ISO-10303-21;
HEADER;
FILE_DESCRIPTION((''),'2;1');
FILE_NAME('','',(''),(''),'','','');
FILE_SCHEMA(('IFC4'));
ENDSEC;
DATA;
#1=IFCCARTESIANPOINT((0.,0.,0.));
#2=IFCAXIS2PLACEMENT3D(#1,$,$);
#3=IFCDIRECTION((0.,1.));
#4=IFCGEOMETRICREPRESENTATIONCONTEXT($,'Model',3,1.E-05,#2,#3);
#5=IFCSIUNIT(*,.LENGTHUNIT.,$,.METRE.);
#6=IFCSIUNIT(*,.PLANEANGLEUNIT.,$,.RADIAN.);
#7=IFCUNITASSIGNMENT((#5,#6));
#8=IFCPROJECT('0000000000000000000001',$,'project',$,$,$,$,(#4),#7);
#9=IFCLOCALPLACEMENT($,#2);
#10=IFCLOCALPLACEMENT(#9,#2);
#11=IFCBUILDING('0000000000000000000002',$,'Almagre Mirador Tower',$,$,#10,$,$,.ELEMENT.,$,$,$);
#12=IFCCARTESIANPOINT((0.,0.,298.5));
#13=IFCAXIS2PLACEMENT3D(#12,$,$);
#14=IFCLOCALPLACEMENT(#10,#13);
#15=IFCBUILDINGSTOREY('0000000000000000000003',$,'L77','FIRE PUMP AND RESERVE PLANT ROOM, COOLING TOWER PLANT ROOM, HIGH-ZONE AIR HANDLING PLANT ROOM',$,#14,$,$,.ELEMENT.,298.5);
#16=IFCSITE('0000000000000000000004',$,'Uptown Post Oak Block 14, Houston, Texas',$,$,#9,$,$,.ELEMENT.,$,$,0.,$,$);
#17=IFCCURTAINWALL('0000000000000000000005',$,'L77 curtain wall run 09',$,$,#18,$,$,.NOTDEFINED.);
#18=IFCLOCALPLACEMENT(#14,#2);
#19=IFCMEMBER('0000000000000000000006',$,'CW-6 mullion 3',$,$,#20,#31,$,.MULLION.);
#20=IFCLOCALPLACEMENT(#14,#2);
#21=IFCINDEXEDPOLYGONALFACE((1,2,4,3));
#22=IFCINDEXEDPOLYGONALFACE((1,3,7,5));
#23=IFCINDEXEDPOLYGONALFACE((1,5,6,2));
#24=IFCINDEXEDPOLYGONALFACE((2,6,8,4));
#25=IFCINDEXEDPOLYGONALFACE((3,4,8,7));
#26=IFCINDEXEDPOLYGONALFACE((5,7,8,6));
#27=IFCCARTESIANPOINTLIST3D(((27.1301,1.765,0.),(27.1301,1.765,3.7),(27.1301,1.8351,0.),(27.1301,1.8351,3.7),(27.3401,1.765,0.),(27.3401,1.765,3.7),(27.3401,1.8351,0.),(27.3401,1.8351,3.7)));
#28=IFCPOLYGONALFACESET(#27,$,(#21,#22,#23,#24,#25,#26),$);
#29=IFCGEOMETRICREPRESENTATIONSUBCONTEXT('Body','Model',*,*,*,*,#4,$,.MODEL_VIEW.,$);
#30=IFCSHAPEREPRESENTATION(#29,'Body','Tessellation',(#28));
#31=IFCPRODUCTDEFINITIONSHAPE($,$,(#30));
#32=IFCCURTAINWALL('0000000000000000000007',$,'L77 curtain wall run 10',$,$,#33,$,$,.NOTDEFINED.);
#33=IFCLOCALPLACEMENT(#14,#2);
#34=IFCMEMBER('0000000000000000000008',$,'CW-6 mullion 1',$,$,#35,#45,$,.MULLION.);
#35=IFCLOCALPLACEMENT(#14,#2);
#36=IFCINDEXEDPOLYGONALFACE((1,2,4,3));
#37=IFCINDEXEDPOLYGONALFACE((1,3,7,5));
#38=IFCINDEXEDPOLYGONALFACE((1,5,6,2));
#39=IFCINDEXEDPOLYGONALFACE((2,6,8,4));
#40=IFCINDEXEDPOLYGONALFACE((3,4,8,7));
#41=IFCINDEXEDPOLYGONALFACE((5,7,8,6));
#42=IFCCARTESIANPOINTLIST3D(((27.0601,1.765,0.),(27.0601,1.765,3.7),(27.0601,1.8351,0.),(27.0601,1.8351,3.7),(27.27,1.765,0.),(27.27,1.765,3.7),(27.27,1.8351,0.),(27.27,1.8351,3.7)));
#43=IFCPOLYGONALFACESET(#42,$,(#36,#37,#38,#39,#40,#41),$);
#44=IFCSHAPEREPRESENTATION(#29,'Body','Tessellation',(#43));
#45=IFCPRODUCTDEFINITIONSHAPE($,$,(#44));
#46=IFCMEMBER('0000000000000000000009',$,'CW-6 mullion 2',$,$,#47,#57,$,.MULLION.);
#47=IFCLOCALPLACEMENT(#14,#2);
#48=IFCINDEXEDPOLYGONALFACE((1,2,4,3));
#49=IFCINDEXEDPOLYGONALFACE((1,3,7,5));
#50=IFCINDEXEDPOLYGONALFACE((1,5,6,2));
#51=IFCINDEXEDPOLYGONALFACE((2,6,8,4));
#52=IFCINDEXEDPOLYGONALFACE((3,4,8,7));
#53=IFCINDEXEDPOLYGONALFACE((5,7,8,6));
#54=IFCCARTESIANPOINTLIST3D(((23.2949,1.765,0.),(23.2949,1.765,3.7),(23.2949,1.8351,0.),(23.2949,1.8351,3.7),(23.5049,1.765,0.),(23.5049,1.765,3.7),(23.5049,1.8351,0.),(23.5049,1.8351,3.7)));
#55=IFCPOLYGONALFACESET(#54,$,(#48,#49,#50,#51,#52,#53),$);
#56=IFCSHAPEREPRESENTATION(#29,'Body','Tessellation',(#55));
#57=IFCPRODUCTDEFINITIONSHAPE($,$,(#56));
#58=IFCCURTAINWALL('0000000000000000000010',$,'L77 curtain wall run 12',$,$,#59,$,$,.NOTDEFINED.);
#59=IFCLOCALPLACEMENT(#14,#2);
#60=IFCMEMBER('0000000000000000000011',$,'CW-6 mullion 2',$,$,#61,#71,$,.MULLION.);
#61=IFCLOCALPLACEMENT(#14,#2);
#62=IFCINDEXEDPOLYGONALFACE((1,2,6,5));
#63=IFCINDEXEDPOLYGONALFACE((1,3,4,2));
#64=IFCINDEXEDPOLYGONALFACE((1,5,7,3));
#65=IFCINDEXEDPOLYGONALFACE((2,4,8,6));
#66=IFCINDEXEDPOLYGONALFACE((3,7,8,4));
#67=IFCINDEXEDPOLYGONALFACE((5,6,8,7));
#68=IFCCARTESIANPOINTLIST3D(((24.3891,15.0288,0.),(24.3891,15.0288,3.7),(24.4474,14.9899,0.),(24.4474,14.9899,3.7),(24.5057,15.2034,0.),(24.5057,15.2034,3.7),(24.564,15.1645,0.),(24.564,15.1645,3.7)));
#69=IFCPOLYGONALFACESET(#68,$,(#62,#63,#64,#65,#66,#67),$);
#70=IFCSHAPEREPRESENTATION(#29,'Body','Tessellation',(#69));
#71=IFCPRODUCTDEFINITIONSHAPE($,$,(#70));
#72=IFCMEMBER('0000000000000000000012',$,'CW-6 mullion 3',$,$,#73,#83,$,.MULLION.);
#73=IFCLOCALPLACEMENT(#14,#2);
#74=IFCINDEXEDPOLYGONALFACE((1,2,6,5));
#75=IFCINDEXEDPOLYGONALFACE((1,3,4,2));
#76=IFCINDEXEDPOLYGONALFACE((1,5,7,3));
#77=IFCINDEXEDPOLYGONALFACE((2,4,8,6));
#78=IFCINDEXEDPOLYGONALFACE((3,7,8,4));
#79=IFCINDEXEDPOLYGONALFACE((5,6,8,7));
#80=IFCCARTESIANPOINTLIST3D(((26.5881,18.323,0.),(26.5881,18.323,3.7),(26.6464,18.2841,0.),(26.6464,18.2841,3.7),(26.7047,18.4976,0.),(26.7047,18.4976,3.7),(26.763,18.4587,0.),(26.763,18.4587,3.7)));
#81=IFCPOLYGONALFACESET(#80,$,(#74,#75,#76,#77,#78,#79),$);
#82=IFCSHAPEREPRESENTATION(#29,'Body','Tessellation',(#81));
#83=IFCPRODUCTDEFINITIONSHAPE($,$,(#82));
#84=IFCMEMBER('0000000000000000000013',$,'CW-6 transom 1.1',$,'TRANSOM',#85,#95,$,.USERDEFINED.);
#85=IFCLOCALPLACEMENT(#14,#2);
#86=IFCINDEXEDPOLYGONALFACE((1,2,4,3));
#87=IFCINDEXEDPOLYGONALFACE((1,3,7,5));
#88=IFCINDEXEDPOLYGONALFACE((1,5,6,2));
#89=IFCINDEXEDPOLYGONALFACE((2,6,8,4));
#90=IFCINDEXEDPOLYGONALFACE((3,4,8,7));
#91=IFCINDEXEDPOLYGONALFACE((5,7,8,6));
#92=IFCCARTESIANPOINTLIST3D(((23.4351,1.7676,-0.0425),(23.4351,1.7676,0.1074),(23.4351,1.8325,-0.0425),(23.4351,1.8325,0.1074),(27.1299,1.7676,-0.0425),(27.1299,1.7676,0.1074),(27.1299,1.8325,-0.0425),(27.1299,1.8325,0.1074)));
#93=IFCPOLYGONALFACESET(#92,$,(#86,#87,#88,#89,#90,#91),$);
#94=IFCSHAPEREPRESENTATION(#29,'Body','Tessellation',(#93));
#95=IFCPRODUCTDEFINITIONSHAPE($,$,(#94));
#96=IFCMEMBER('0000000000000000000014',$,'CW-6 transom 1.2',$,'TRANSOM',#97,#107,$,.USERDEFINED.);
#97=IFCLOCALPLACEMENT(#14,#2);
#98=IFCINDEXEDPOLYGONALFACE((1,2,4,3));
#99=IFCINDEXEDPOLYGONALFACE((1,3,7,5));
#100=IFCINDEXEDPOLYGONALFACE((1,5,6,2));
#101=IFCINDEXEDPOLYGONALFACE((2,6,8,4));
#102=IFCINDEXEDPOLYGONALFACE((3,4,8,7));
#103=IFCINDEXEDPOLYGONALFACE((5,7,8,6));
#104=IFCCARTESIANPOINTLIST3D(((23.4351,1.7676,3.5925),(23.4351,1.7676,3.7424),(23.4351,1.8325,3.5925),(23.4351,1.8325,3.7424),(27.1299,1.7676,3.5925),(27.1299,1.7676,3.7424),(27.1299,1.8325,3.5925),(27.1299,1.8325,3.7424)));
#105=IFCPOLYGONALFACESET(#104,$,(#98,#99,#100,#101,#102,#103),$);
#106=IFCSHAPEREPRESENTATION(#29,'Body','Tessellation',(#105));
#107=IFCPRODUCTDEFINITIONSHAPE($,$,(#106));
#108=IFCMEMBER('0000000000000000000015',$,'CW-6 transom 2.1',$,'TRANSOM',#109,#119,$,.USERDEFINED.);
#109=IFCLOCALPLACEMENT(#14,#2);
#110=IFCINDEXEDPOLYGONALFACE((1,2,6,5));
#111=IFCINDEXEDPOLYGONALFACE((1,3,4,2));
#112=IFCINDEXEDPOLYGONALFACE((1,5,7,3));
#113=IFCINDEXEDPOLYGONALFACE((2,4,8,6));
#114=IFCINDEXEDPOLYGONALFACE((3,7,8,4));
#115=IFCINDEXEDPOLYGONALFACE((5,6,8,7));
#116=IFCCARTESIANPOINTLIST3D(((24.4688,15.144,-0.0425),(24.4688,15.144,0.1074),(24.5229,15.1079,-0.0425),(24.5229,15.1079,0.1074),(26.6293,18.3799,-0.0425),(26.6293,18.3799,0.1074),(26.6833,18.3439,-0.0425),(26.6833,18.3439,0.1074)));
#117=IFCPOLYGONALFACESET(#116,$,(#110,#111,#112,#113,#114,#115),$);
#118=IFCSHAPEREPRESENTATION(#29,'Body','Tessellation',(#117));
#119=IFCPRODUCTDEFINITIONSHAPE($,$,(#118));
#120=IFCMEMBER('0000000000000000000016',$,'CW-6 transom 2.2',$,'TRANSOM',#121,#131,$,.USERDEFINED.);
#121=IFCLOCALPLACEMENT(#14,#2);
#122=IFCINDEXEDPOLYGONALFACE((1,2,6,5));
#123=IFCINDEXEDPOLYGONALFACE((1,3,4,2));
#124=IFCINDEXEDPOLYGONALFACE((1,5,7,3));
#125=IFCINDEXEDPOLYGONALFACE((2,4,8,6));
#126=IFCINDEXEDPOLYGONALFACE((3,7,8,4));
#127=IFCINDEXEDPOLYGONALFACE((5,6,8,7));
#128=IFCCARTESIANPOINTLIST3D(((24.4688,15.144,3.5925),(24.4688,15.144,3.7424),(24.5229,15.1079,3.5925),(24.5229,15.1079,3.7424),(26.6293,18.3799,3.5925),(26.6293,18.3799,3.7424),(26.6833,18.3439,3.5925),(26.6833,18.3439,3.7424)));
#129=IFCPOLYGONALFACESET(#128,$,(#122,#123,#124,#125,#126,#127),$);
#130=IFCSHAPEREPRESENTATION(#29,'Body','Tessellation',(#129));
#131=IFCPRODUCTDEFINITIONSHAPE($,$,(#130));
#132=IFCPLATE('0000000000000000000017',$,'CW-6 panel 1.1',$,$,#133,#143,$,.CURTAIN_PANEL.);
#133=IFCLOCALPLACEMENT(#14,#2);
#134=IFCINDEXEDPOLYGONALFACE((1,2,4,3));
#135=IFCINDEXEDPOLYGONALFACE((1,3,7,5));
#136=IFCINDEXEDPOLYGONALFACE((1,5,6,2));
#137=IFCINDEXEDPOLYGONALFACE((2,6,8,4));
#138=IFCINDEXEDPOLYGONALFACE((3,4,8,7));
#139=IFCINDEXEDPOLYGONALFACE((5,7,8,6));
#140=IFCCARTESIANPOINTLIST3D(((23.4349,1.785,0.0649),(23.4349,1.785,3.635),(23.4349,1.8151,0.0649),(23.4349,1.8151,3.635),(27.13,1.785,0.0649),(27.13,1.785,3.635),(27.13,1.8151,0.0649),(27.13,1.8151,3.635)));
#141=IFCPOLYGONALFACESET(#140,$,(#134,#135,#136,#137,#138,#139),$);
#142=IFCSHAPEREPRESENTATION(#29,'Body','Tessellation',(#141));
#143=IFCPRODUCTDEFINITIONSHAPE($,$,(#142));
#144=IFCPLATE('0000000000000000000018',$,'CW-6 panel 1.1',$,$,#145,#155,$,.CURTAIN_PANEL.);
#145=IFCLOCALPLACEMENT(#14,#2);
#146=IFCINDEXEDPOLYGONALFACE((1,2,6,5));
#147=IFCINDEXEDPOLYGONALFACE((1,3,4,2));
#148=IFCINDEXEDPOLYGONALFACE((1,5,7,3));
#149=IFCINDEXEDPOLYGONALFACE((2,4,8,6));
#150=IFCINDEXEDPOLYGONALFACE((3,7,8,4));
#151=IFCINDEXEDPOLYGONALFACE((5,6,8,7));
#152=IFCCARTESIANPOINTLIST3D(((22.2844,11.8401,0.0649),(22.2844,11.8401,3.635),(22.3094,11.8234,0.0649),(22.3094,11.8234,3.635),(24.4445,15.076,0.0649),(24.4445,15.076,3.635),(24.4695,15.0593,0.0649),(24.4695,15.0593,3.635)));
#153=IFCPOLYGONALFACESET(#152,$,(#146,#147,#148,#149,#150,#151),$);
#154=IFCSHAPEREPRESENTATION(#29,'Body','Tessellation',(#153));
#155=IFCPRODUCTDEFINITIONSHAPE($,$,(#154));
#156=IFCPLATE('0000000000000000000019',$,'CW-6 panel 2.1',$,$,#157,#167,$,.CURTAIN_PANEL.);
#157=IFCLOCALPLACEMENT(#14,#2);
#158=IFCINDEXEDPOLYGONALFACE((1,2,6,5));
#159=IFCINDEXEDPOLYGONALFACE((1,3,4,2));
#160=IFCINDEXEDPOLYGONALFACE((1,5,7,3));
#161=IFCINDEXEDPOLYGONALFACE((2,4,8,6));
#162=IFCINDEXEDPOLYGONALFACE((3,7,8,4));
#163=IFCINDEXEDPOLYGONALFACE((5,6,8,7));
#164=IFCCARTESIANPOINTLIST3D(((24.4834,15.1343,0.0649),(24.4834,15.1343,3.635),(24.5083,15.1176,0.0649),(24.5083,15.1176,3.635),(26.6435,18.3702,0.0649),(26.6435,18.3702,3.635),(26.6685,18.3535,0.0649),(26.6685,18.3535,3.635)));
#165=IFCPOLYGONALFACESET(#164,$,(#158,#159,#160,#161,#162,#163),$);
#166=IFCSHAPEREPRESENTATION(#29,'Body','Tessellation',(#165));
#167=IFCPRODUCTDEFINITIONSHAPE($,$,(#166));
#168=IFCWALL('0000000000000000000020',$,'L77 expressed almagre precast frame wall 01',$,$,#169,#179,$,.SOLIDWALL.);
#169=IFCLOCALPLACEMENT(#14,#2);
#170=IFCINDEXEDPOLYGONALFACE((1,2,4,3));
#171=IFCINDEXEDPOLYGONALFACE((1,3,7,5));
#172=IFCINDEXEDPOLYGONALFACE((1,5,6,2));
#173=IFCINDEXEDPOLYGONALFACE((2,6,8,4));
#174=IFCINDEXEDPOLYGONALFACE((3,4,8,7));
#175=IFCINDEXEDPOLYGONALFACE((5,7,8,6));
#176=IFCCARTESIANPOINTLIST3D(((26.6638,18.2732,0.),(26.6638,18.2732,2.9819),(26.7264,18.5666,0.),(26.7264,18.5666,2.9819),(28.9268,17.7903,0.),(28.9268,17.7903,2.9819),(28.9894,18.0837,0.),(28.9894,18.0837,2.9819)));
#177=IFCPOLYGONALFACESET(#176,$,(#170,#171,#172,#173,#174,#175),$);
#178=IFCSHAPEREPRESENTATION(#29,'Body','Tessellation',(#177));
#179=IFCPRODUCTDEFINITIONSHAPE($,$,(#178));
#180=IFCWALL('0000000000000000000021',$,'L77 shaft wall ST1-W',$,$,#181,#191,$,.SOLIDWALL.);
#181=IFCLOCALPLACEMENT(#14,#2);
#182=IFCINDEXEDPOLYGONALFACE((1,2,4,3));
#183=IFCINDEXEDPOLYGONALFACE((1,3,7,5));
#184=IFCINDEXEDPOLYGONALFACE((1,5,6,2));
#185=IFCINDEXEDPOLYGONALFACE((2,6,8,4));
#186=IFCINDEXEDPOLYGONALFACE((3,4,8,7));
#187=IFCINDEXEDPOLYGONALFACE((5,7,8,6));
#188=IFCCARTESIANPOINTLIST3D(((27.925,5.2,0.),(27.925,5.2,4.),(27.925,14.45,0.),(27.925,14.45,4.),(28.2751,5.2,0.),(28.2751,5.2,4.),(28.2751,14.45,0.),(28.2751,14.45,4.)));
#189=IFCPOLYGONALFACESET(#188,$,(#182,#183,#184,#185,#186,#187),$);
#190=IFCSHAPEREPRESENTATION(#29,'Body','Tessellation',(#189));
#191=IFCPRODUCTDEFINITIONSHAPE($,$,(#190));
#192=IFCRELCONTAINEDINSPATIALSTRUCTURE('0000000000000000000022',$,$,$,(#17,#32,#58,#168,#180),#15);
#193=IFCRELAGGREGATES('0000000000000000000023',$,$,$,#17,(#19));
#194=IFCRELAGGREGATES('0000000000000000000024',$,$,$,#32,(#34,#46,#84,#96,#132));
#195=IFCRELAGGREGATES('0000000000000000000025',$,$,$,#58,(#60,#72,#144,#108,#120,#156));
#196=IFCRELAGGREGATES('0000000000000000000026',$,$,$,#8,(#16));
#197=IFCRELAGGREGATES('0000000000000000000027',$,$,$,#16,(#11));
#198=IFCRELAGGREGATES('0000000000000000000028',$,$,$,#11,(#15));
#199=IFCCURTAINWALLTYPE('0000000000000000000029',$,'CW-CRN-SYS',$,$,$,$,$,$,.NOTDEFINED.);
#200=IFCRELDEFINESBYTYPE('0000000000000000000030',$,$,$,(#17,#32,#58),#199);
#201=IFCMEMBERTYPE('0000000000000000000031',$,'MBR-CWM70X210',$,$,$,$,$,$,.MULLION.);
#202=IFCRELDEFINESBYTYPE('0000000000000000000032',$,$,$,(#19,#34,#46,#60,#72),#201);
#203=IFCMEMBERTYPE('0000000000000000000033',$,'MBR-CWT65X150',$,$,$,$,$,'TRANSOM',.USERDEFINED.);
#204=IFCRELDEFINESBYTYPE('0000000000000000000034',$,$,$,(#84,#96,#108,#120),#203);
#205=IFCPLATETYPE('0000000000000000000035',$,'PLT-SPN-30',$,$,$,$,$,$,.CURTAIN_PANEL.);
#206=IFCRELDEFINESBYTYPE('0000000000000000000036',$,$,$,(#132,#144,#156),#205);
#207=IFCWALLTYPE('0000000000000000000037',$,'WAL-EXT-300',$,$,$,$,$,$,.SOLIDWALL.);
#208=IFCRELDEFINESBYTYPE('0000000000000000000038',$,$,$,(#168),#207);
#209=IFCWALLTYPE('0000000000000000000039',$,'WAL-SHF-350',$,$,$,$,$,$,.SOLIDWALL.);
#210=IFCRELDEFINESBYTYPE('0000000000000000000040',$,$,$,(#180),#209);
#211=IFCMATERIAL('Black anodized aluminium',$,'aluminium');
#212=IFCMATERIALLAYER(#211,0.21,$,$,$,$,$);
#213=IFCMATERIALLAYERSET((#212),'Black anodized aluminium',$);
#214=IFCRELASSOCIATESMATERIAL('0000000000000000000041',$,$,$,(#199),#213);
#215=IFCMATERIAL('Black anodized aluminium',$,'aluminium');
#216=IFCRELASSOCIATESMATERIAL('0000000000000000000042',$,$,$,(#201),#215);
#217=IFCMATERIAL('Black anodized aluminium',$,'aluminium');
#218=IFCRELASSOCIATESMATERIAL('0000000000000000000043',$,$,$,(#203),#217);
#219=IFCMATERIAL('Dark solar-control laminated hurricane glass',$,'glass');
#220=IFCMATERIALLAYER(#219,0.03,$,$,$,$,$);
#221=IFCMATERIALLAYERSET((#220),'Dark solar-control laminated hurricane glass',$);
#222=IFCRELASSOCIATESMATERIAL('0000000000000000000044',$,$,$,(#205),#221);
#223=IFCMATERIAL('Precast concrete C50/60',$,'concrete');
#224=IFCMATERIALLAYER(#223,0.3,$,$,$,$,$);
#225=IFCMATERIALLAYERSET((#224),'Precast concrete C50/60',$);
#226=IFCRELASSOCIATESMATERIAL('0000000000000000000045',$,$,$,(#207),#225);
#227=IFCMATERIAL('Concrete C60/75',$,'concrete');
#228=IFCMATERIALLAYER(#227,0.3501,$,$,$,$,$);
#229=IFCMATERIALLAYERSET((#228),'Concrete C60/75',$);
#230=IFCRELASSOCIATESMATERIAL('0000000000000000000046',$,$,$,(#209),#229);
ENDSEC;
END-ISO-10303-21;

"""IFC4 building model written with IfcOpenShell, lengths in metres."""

from ifc_helpers import new_model, si_unit, direction, frame, frame_2d, origin, origin_2d, place, context, subcontext, project, spatial, rectangle, extrude, material, layer, layer_set, material_profile, profile_set, type_object, element, aggregate, save


model = new_model("IFC4")

# Units and contexts
model_context = context("Model", 3, precision=1e-05, world=origin(), true_north=direction((0.0, 1.0)))
body_context = subcontext(model_context, "Body", "Model", "MODEL_VIEW")
ifc_project = project(units=[si_unit("LENGTHUNIT", "METRE"), si_unit("PLANEANGLEUNIT", "RADIAN")], contexts=[model_context])

# Site, building, storey
site_placement = place(None, origin())
site = spatial("IfcSite", under=ifc_project, at=site_placement, Name="Uptown Post Oak Block 14, Houston, Texas", CompositionType="ELEMENT", RefElevation=0.0)
building_placement = place(site_placement, origin())
building = spatial("IfcBuilding", under=site, at=building_placement, Name="Almagre Mirador Tower", CompositionType="ELEMENT")
storey_placement = place(building_placement, frame((0.0, 0.0, 298.5)))
storey = spatial("IfcBuildingStorey", under=building, at=storey_placement, Name="L77", Description="FIRE PUMP AND RESERVE PLANT ROOM, COOLING TOWER PLANT ROOM, HIGH-ZONE AIR HANDLING PLANT ROOM", CompositionType="ELEMENT", Elevation=298.5)

# Curtain wall, member
ifc_material_1 = material(Name="Black anodized aluminium", Category="aluminium")
ifc_layer_1 = layer(ifc_material_1, 0.21)
ifc_layer_set_1 = layer_set([ifc_layer_1], Name="Black anodized aluminium")
curtain_wall_type = type_object("IfcCurtainWallType", Name="CW-CRN-SYS", PredefinedType="NOTDEFINED", material=ifc_layer_set_1)
curtain_wall_1_placement = place(storey_placement, origin())
curtain_wall_1 = element("IfcCurtainWall", 1, at=curtain_wall_1_placement, inside=storey, type_object=curtain_wall_type, Name="L77 curtain wall run 09", PredefinedType="NOTDEFINED")
ifc_material_2 = material(Name="Black anodized aluminium", Category="aluminium")
ifc_material_profile_1 = material_profile(ifc_material_2, rectangle(XDim=0.0701, YDim=0.21, at=origin_2d()), Name="CWM70X210")
ifc_profile_set_1 = profile_set([ifc_material_profile_1], Name="Black anodized aluminium")
member_type_1 = type_object("IfcMemberType", Name="MBR-CWM70X210", PredefinedType="MULLION", material=ifc_profile_set_1)
member_1_placement = place(storey_placement, frame((27.2351, 1.8, 0.0), z_axis=(0.0, 0.0, 1.0), x_axis=(0.0, -1.0, 0.0)))
member_1 = element("IfcMember", 2, at=member_1_placement, type_object=member_type_1, Name="CW-6 mullion 3", PredefinedType="MULLION", context=body_context, shape_type="SweptSolid", body=[
    extrude(rectangle(XDim=0.0701, YDim=0.21, at=origin_2d()), origin(), (0.0, 0.0, 1.0), 3.7),
])
aggregate(curtain_wall_1, [member_1])

# Curtain walls, members
curtain_wall_2_placement = place(storey_placement, origin())
curtain_wall_2 = element("IfcCurtainWall", 3, at=curtain_wall_2_placement, inside=storey, type_object=curtain_wall_type, Name="L77 curtain wall run 10", PredefinedType="NOTDEFINED")
member_2_placement = place(storey_placement, frame((27.165, 1.8, 0.0), z_axis=(0.0, 0.0, 1.0), x_axis=(0.0, -1.0, 0.0)))
member_2 = element("IfcMember", 4, at=member_2_placement, type_object=member_type_1, Name="CW-6 mullion 1", PredefinedType="MULLION", context=body_context, shape_type="SweptSolid", body=[
    extrude(rectangle(XDim=0.0701, YDim=0.21, at=origin_2d()), origin(), (0.0, 0.0, 1.0), 3.7),
])
member_3_placement = place(storey_placement, frame((23.3999, 1.8, 0.0), z_axis=(0.0, 0.0, 1.0), x_axis=(0.0, -1.0, 0.0)))
member_3 = element("IfcMember", 5, at=member_3_placement, type_object=member_type_1, Name="CW-6 mullion 2", PredefinedType="MULLION", context=body_context, shape_type="SweptSolid", body=[
    extrude(rectangle(XDim=0.0701, YDim=0.21, at=origin_2d()), origin(), (0.0, 0.0, 1.0), 3.7),
])
curtain_wall_3_placement = place(storey_placement, origin())
curtain_wall_3 = element("IfcCurtainWall", 6, at=curtain_wall_3_placement, inside=storey, type_object=curtain_wall_type, Name="L77 curtain wall run 12", PredefinedType="NOTDEFINED")
member_4_placement = place(storey_placement, frame((24.4766, 15.0967, 0.0), z_axis=(0.0, 0.0, 1.0), x_axis=(-0.831704, 0.55522, 0.0)))
member_4 = element("IfcMember", 7, at=member_4_placement, type_object=member_type_1, Name="CW-6 mullion 2", PredefinedType="MULLION", context=body_context, shape_type="SweptSolid", body=[
    extrude(rectangle(XDim=0.0701, YDim=0.21, at=origin_2d()), origin(), (0.0, 0.0, 1.0), 3.7),
])
member_5_placement = place(storey_placement, frame((26.6755, 18.3909, 0.0), z_axis=(0.0, 0.0, 1.0), x_axis=(-0.831704, 0.55522, 0.0)))
member_5 = element("IfcMember", 8, at=member_5_placement, type_object=member_type_1, Name="CW-6 mullion 3", PredefinedType="MULLION", context=body_context, shape_type="SweptSolid", body=[
    extrude(rectangle(XDim=0.0701, YDim=0.21, at=origin_2d()), origin(), (0.0, 0.0, 1.0), 3.7),
])

# Members
ifc_material_3 = material(Name="Black anodized aluminium", Category="aluminium")
ifc_material_profile_2 = material_profile(ifc_material_3, rectangle(XDim=0.0649, YDim=0.1499, at=origin_2d()), Name="CWT65X150")
ifc_profile_set_2 = profile_set([ifc_material_profile_2], Name="Black anodized aluminium")
member_type_2 = type_object("IfcMemberType", Name="MBR-CWT65X150", ElementType="TRANSOM", PredefinedType="USERDEFINED", material=ifc_profile_set_2)
member_6_placement = place(storey_placement, frame((27.1299, 1.8, 0.0325), z_axis=(-1.0, 0.0, 0.0), x_axis=(0.0, -1.0, 0.0)))
member_6 = element("IfcMember", 9, at=member_6_placement, type_object=member_type_2, Name="CW-6 transom 1.1", ObjectType="TRANSOM", PredefinedType="USERDEFINED", context=body_context, shape_type="SweptSolid", body=[
    extrude(rectangle(XDim=0.0649, YDim=0.1499, at=origin_2d()), origin(), (0.0, 0.0, 1.0), 3.6948),
])
member_7_placement = place(storey_placement, frame((27.1299, 1.8, 3.6675), z_axis=(-1.0, 0.0, 0.0), x_axis=(0.0, -1.0, 0.0)))
member_7 = element("IfcMember", 10, at=member_7_placement, type_object=member_type_2, Name="CW-6 transom 1.2", ObjectType="TRANSOM", PredefinedType="USERDEFINED", context=body_context, shape_type="SweptSolid", body=[
    extrude(rectangle(XDim=0.0649, YDim=0.1499, at=origin_2d()), origin(), (0.0, 0.0, 1.0), 3.6948),
])
member_8_placement = place(storey_placement, frame((24.4958, 15.126, 0.0325), z_axis=(0.555265, 0.831674, 0.0), x_axis=(-0.831674, 0.555265, 0.0)))
member_8 = element("IfcMember", 11, at=member_8_placement, type_object=member_type_2, Name="CW-6 transom 2.1", ObjectType="TRANSOM", PredefinedType="USERDEFINED", context=body_context, shape_type="SweptSolid", body=[
    extrude(rectangle(XDim=0.0649, YDim=0.1499, at=origin_2d()), origin(), (0.0, 0.0, 1.0), 3.8909),
])
member_9_placement = place(storey_placement, frame((24.4958, 15.126, 3.6675), z_axis=(0.555265, 0.831674, 0.0), x_axis=(-0.831674, 0.555265, 0.0)))
member_9 = element("IfcMember", 12, at=member_9_placement, type_object=member_type_2, Name="CW-6 transom 2.2", ObjectType="TRANSOM", PredefinedType="USERDEFINED", context=body_context, shape_type="SweptSolid", body=[
    extrude(rectangle(XDim=0.0649, YDim=0.1499, at=origin_2d()), origin(), (0.0, 0.0, 1.0), 3.8909),
])

# Plates
ifc_material_4 = material(Name="Dark solar-control laminated hurricane glass", Category="glass")
ifc_layer_2 = layer(ifc_material_4, 0.03)
ifc_layer_set_2 = layer_set([ifc_layer_2], Name="Dark solar-control laminated hurricane glass")
plate_type = type_object("IfcPlateType", Name="PLT-SPN-30", PredefinedType="CURTAIN_PANEL", material=ifc_layer_set_2)
plate_1_placement = place(storey_placement, frame((25.2825, 1.8, 0.0649), z_axis=(0.0, 0.0, 1.0), x_axis=(-1.0, 0.0, 0.0)))
plate_1 = element("IfcPlate", 13, at=plate_1_placement, type_object=plate_type, Name="CW-6 panel 1.1", PredefinedType="CURTAIN_PANEL", context=body_context, shape_type="SweptSolid", body=[
    extrude(rectangle(XDim=3.6951, YDim=0.03, at=origin_2d()), origin(), (0.0, 0.0, 1.0), 3.5701),
])
aggregate(curtain_wall_2, [member_2, member_3, member_6, member_7, plate_1])
plate_2_placement = place(storey_placement, frame((23.377, 13.4497, 0.0649), z_axis=(0.0, 0.0, 1.0), x_axis=(0.55522, 0.831704, 0.0)))
plate_2 = element("IfcPlate", 14, at=plate_2_placement, type_object=plate_type, Name="CW-6 panel 1.1", PredefinedType="CURTAIN_PANEL", context=body_context, shape_type="SweptSolid", body=[
    extrude(rectangle(XDim=3.8906, YDim=0.03, at=origin_2d()), origin(), (0.0, 0.0, 1.0), 3.5701),
])
plate_3_placement = place(storey_placement, frame((25.5759, 16.7439, 0.0649), z_axis=(0.0, 0.0, 1.0), x_axis=(0.55522, 0.831704, 0.0)))
plate_3 = element("IfcPlate", 15, at=plate_3_placement, type_object=plate_type, Name="CW-6 panel 2.1", PredefinedType="CURTAIN_PANEL", context=body_context, shape_type="SweptSolid", body=[
    extrude(rectangle(XDim=3.8906, YDim=0.03, at=origin_2d()), origin(), (0.0, 0.0, 1.0), 3.5701),
])
aggregate(curtain_wall_3, [member_4, member_5, plate_2, member_8, member_9, plate_3])

# Walls
ifc_material_5 = material(Name="Precast concrete C50/60", Category="concrete")
ifc_layer_3 = layer(ifc_material_5, 0.3)
ifc_layer_set_3 = layer_set([ifc_layer_3], Name="Precast concrete C50/60")
wall_type_1 = type_object("IfcWallType", Name="WAL-EXT-300", PredefinedType="SOLIDWALL", material=ifc_layer_set_3)
wall_1_placement = place(storey_placement, frame((26.6951, 18.4199, 0.0), z_axis=(0.0, 0.0, 1.0), x_axis=(0.97798, -0.2087, 0.0)))
element("IfcWall", 16, at=wall_1_placement, inside=storey, type_object=wall_type_1, Name="L77 expressed almagre precast frame wall 01", PredefinedType="SOLIDWALL", context=body_context, shape_type="SweptSolid", body=[
    extrude(rectangle(XDim=2.314, YDim=0.3, at=frame_2d((1.157, 0.0))), origin(), (0.0, 0.0, 1.0), 2.9819),
])
ifc_material_6 = material(Name="Concrete C60/75", Category="concrete")
ifc_layer_4 = layer(ifc_material_6, 0.3501)
ifc_layer_set_4 = layer_set([ifc_layer_4], Name="Concrete C60/75")
wall_type_2 = type_object("IfcWallType", Name="WAL-SHF-350", PredefinedType="SOLIDWALL", material=ifc_layer_set_4)
wall_2_placement = place(storey_placement, frame((28.1001, 5.2, 0.0), z_axis=(0.0, 0.0, 1.0), x_axis=(0.0, 1.0, 0.0)))
element("IfcWall", 17, at=wall_2_placement, inside=storey, type_object=wall_type_2, Name="L77 shaft wall ST1-W", PredefinedType="SOLIDWALL", context=body_context, shape_type="SweptSolid", body=[
    extrude(rectangle(XDim=9.25, YDim=0.3501, at=frame_2d((4.625, 0.0))), origin(), (0.0, 0.0, 1.0), 4.0),
])

save(model, "model.ifc")
